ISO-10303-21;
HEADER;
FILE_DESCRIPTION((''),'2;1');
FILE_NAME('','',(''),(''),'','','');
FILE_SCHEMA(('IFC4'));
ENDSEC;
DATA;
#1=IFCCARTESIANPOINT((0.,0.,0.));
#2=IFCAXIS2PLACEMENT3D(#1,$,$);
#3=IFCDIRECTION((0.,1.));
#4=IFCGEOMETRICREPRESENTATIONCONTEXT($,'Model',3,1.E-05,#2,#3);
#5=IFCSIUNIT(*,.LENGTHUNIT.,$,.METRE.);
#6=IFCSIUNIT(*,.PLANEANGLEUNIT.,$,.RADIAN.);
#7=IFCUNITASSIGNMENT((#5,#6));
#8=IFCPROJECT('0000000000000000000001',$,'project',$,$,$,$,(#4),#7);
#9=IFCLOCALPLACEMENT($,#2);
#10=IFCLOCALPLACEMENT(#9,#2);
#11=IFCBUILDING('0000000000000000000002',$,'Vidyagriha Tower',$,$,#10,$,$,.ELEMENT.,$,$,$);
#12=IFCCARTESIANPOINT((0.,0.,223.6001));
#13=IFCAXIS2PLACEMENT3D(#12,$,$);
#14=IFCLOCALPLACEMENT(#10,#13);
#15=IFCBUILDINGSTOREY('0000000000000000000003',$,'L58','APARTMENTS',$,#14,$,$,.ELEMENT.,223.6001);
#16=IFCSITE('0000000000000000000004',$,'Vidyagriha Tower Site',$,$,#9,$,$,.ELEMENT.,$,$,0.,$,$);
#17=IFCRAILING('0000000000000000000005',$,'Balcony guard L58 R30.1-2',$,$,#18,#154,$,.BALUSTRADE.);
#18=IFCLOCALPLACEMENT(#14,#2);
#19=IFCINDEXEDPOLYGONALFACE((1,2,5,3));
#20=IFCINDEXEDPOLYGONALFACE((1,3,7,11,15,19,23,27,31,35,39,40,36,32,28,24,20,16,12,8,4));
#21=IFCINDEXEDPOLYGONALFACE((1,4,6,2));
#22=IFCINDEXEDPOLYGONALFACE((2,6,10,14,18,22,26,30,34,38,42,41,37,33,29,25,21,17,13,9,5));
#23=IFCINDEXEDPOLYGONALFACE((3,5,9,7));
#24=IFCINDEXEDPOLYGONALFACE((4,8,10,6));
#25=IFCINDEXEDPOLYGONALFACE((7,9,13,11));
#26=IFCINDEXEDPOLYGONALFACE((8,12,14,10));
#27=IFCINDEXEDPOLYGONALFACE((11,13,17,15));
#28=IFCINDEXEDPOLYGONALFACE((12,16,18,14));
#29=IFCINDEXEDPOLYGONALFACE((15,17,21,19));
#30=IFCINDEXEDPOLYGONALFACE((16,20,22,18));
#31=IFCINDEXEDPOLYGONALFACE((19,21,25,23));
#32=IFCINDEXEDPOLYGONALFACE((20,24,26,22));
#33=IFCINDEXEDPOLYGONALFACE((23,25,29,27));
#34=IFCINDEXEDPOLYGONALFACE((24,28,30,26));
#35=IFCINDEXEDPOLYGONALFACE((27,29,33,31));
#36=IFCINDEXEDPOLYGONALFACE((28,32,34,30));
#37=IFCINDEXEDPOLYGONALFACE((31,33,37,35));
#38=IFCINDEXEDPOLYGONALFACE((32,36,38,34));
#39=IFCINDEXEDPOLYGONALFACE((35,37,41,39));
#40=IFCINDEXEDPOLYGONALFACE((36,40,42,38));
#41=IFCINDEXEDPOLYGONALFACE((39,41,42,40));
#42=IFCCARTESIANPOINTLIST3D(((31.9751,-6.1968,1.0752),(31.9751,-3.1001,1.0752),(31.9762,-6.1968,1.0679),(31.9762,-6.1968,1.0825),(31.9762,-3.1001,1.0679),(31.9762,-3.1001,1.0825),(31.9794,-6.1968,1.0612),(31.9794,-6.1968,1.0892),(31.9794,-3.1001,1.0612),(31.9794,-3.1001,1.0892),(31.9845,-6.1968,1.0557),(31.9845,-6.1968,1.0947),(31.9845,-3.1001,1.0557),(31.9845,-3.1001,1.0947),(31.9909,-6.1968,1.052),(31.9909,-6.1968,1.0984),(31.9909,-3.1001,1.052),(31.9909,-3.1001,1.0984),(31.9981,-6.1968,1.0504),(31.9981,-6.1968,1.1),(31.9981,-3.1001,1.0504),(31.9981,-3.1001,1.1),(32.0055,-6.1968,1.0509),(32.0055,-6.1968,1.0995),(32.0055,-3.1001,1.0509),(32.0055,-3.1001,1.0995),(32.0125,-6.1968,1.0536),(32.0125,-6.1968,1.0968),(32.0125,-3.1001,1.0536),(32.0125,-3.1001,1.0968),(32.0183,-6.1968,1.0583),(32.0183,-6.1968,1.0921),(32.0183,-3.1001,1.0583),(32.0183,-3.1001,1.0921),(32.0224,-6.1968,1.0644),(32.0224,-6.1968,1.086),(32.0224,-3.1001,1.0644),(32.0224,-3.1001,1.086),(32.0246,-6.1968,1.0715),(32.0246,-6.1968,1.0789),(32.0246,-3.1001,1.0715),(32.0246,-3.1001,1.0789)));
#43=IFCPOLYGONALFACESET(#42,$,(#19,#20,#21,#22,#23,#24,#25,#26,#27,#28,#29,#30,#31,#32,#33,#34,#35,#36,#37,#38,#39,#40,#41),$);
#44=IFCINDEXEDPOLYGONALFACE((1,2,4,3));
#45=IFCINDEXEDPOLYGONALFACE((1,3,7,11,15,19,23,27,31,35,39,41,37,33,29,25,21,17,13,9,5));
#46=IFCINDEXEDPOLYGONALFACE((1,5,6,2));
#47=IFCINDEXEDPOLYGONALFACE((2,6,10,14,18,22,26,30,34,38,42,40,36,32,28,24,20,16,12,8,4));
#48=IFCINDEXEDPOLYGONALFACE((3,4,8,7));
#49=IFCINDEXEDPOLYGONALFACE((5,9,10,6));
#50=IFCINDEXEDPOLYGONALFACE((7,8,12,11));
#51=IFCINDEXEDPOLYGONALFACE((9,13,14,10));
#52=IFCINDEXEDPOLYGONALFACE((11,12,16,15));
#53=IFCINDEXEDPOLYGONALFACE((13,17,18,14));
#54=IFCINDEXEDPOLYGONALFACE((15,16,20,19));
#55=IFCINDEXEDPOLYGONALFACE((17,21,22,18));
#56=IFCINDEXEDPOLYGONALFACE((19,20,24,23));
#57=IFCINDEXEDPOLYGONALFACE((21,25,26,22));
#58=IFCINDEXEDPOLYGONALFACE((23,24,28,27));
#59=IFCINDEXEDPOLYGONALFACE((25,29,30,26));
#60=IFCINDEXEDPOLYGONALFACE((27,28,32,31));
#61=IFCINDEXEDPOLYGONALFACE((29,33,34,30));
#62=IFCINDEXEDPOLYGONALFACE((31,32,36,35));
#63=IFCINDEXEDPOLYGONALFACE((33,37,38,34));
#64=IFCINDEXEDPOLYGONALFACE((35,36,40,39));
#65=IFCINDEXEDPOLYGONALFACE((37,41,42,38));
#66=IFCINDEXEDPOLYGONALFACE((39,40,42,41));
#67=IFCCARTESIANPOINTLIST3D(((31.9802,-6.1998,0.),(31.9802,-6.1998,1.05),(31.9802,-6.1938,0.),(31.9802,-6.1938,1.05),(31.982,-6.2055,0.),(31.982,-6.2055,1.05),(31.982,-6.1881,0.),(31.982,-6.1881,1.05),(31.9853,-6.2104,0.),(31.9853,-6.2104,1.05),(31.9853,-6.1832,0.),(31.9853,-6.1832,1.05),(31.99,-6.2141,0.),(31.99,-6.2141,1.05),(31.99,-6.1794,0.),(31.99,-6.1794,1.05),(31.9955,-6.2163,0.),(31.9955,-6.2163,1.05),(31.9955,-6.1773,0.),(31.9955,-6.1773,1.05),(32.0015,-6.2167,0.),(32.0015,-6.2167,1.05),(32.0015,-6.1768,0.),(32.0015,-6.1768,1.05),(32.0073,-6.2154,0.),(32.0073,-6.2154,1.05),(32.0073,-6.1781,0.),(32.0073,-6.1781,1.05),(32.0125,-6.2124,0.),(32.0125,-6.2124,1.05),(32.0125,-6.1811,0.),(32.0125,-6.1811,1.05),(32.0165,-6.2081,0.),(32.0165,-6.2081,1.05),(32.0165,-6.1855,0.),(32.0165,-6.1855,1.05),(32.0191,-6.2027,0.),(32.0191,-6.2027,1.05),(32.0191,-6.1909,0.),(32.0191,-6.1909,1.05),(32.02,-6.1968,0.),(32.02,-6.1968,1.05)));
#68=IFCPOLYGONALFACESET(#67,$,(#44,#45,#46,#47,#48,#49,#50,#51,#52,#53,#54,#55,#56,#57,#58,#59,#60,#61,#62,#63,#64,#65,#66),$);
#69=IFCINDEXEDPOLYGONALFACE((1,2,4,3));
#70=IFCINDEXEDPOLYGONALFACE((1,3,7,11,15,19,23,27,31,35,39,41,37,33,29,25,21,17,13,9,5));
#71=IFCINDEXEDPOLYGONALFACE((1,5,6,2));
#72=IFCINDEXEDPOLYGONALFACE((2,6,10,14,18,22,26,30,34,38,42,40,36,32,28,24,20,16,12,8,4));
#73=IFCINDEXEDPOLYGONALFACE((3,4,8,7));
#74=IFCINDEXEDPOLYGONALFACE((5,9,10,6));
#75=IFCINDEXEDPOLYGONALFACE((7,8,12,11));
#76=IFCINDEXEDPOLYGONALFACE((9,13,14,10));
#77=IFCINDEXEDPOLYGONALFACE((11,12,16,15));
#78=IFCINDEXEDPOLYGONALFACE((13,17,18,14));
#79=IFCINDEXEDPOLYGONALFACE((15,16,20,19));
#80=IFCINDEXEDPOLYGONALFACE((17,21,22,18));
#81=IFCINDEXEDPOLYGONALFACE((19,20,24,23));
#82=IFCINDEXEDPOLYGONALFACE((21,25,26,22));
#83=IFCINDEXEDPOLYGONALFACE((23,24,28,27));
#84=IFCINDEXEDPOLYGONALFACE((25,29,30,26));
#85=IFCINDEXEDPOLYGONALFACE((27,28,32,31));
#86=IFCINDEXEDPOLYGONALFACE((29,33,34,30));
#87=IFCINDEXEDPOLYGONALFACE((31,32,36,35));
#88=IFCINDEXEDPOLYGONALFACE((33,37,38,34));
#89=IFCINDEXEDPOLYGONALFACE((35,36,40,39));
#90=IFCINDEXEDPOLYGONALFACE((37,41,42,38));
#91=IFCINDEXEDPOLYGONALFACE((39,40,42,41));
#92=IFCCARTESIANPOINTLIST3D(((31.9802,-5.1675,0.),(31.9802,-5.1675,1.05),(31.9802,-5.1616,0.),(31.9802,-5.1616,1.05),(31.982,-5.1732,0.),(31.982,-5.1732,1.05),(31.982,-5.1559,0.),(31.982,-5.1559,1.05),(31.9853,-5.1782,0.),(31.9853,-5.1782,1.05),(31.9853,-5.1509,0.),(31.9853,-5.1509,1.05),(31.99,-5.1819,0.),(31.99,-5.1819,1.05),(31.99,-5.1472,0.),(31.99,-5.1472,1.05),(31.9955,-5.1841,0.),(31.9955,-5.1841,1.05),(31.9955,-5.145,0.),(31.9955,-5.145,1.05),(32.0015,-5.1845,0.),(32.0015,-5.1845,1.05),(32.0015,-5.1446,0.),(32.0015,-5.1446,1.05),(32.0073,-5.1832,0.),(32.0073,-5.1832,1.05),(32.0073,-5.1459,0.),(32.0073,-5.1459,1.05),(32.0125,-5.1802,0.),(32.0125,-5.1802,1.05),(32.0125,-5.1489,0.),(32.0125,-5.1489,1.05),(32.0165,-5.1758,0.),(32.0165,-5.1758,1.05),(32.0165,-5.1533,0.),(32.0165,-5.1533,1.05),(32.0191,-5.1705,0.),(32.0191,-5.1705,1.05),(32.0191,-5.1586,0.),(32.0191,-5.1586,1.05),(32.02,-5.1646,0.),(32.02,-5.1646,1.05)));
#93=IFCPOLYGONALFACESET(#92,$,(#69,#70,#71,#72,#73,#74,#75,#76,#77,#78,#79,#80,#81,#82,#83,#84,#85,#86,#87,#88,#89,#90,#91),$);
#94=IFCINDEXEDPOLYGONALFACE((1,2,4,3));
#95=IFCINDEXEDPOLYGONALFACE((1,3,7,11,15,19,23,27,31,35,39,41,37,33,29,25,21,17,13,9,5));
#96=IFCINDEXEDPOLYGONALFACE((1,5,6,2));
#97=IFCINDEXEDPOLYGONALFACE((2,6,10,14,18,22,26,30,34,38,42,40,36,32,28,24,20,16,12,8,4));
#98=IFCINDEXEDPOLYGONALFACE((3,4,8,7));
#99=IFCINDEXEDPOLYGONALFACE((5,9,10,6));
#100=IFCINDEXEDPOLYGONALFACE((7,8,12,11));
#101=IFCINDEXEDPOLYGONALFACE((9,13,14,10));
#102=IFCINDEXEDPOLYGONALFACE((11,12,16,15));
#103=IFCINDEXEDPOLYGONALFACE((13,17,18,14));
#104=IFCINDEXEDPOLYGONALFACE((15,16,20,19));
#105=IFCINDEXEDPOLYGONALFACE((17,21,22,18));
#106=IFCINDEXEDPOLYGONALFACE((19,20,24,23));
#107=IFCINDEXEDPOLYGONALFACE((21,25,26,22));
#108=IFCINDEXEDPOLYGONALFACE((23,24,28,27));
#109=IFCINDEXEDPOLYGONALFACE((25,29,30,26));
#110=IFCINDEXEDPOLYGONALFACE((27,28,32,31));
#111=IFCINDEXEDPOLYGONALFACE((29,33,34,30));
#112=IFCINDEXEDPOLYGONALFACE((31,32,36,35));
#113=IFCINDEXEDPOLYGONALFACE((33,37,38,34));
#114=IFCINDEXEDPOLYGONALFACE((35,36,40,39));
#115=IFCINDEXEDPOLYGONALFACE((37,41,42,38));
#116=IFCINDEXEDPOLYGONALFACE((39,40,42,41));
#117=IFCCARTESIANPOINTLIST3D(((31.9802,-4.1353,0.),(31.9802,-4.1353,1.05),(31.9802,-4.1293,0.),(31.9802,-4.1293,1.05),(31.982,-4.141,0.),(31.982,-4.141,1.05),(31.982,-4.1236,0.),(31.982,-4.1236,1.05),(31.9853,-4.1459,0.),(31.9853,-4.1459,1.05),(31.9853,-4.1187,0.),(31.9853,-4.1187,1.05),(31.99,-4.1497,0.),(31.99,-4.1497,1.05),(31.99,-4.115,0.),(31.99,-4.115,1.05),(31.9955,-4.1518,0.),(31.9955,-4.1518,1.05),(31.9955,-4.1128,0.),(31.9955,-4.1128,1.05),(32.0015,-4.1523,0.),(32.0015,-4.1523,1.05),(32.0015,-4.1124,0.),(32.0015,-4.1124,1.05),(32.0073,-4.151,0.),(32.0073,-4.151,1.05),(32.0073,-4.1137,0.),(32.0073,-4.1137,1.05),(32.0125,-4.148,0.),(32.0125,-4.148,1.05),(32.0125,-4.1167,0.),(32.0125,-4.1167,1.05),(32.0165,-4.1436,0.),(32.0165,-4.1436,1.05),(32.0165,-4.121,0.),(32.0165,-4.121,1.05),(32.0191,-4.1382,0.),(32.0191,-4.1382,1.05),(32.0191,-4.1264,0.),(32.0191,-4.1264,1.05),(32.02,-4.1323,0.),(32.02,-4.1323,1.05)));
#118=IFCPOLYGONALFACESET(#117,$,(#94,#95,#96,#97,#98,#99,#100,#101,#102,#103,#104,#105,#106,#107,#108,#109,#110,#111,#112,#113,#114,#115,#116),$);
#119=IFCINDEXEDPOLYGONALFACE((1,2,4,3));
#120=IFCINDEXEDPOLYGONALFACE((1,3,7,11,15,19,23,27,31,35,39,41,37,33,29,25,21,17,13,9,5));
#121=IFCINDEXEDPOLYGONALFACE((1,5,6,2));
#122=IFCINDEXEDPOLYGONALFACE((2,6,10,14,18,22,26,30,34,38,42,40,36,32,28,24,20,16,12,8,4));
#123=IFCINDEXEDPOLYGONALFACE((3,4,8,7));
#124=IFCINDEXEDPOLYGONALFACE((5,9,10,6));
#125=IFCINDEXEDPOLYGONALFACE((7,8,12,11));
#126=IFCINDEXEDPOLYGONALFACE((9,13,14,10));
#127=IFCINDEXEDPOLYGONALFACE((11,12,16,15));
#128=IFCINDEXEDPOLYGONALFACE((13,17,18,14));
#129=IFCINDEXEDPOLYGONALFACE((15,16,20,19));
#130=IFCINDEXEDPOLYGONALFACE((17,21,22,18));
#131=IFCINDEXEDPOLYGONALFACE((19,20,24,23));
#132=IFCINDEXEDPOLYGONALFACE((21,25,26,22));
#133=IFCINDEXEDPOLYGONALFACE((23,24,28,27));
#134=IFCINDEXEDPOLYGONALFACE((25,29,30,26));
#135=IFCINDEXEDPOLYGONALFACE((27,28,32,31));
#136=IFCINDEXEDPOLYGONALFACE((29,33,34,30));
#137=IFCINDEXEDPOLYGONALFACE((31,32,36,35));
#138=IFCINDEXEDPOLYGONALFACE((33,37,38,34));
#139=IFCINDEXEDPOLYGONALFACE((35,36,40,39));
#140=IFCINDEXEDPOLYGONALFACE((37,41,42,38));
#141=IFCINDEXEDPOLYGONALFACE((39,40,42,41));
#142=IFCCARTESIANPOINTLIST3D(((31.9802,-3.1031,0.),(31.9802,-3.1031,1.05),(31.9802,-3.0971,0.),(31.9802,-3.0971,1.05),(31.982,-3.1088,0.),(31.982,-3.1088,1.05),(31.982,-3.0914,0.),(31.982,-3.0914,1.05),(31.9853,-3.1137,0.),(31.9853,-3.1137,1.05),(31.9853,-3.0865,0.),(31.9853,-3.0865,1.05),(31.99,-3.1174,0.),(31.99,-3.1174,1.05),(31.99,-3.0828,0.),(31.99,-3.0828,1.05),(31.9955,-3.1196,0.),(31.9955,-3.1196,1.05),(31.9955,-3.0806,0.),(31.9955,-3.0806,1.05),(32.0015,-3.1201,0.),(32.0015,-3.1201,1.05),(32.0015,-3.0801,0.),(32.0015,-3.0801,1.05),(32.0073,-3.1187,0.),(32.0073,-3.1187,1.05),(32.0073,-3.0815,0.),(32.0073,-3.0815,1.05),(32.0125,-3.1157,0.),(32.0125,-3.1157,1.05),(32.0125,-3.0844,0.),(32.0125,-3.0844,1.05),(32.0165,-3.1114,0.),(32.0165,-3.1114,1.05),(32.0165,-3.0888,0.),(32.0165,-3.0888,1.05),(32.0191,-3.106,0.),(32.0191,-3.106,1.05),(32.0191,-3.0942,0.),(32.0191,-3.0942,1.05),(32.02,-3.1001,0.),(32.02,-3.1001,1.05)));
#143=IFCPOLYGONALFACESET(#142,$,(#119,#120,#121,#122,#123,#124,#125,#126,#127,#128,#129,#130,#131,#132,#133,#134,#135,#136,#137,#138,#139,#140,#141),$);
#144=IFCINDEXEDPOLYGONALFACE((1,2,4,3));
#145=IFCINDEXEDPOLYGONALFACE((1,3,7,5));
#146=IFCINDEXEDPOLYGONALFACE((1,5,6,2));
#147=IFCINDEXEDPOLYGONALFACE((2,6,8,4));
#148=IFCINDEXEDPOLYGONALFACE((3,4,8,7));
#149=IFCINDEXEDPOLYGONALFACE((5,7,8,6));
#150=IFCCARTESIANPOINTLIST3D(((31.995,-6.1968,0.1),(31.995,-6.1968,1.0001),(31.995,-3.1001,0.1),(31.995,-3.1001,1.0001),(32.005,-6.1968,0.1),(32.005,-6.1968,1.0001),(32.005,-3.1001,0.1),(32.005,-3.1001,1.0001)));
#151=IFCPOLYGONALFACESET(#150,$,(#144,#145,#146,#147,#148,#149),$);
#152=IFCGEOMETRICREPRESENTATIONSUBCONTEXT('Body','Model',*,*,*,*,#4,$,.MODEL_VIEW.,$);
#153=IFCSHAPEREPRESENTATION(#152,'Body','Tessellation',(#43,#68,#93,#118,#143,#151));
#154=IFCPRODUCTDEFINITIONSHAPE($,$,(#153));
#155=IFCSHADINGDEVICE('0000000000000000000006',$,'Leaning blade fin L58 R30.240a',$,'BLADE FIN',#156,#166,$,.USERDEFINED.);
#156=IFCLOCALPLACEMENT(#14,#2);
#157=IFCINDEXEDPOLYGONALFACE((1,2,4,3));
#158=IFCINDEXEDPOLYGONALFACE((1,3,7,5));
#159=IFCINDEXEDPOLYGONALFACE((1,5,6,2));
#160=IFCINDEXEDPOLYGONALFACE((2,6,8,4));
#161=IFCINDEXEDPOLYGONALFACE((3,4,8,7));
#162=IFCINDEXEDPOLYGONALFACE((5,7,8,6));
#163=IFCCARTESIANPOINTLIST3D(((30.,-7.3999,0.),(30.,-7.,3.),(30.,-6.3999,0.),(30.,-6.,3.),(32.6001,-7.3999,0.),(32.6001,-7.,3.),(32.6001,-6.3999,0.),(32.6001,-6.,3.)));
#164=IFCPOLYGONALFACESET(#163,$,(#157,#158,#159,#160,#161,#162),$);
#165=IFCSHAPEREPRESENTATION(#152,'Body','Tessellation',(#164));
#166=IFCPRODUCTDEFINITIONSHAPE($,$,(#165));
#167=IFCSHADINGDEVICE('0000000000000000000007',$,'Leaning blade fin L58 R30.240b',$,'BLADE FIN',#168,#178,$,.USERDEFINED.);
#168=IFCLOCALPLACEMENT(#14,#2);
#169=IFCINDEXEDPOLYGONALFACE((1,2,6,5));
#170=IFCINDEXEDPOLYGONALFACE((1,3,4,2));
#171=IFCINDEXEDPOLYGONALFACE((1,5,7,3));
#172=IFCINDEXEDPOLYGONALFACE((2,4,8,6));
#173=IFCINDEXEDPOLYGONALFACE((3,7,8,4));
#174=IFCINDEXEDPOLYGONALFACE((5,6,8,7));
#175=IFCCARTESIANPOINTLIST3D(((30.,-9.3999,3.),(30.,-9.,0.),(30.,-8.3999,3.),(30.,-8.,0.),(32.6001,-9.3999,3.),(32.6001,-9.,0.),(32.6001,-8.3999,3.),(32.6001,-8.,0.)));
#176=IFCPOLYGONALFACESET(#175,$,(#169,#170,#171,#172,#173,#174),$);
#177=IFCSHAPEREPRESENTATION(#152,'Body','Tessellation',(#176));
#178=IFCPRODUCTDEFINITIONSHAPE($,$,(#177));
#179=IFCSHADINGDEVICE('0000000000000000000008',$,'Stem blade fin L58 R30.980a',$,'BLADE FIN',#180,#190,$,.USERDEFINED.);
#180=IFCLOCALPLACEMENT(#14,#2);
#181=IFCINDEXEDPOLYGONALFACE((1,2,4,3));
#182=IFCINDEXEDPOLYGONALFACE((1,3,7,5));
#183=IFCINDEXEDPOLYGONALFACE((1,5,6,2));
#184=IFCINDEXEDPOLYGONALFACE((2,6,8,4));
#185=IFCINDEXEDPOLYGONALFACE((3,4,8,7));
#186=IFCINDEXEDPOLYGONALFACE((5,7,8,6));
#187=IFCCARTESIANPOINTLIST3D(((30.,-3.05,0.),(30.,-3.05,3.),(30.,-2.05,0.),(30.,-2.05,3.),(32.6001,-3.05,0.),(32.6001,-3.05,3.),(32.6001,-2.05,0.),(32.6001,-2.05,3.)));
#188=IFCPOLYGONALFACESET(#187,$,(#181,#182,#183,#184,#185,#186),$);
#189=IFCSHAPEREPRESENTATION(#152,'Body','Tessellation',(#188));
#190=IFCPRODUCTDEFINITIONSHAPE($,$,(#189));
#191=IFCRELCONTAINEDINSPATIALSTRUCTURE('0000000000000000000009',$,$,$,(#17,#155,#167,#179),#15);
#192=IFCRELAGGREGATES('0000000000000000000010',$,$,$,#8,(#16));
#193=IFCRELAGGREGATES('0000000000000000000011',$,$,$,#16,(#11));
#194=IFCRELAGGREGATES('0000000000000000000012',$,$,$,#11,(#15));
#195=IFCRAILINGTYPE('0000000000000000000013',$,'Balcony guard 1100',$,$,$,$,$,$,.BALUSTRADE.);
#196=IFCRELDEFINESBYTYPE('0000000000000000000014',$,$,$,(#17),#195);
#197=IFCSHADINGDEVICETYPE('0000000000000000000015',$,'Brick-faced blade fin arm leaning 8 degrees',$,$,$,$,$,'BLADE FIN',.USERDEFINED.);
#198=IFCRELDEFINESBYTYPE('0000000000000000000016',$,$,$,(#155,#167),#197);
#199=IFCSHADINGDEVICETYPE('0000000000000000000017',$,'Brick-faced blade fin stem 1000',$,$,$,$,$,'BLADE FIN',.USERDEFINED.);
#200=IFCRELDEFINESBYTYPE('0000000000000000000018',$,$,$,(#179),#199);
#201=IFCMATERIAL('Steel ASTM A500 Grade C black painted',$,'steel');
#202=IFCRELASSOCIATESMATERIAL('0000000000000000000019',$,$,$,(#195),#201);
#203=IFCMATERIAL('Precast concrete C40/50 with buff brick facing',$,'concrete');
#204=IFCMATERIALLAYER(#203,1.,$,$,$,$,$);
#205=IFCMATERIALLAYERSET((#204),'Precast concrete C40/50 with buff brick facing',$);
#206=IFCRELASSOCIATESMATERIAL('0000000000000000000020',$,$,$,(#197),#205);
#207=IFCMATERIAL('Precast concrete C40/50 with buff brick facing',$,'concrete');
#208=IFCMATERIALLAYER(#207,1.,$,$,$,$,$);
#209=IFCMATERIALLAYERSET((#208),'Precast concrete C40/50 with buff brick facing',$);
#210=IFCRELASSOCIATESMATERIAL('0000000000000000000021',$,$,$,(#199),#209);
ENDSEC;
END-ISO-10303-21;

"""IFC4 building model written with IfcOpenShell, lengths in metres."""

from ifc_helpers import new_model, si_unit, direction, frame, origin, origin_2d, place, context, subcontext, project, spatial, polyline, rectangle, circle, outline, extrude, material, layer, layer_set, type_object, element, save


model = new_model("IFC4")

# Units and contexts
model_context = context("Model", 3, precision=1e-05, world=origin(), true_north=direction((0.0, 1.0)))
body_context = subcontext(model_context, "Body", "Model", "MODEL_VIEW")
ifc_project = project(units=[si_unit("LENGTHUNIT", "METRE"), si_unit("PLANEANGLEUNIT", "RADIAN")], contexts=[model_context])

# Site, building, storey
site_placement = place(None, origin())
site = spatial("IfcSite", under=ifc_project, at=site_placement, Name="Vidyagriha Tower Site", CompositionType="ELEMENT", RefElevation=0.0)
building_placement = place(site_placement, origin())
building = spatial("IfcBuilding", under=site, at=building_placement, Name="Vidyagriha Tower", CompositionType="ELEMENT")
storey_placement = place(building_placement, frame((0.0, 0.0, 223.6001)))
storey = spatial("IfcBuildingStorey", under=building, at=storey_placement, Name="L58", Description="APARTMENTS", CompositionType="ELEMENT", Elevation=223.6001)

# Railing
ifc_material_1 = material(Name="Steel ASTM A500 Grade C black painted", Category="steel")
railing_type_1 = type_object("IfcRailingType", Name="Balcony guard 1100", PredefinedType="BALUSTRADE", material=ifc_material_1)
railing_1_placement = place(storey_placement, frame((32.0, -6.1968, 0.0)))
element("IfcRailing", 1, at=railing_1_placement, inside=storey, type_object=railing_type_1, Name="Balcony guard L58 R30.1-2", PredefinedType="BALUSTRADE", context=body_context, shape_type="SweptSolid", body=[
    extrude(circle(Radius=0.0249, at=origin_2d()), frame((0.0, 0.0, 1.0752), z_axis=(0.0, 1.0, 0.0), x_axis=(-1.0, 0.0, 0.0)), (0.0, 0.0, 1.0), 3.0967),
    extrude(circle(Radius=0.02, at=origin_2d()), origin(), (0.0, 0.0, 1.0), 1.05),
    extrude(circle(Radius=0.02, at=origin_2d()), frame((0.0, 1.0322, 0.0)), (0.0, 0.0, 1.0), 1.05),
    extrude(circle(Radius=0.02, at=origin_2d()), frame((0.0, 2.0645, 0.0)), (0.0, 0.0, 1.0), 1.05),
    extrude(circle(Radius=0.02, at=origin_2d()), frame((0.0, 3.0967, 0.0)), (0.0, 0.0, 1.0), 1.05),
    extrude(rectangle(XDim=0.01, YDim=0.9001, at=origin_2d()), frame((0.0, 0.0, 0.55), z_axis=(0.0, 1.0, 0.0), x_axis=(-1.0, 0.0, 0.0)), (0.0, 0.0, 1.0), 3.0967),
])

# Shading devices
ifc_material_2 = material(Name="Precast concrete C40/50 with buff brick facing", Category="concrete")
ifc_layer_1 = layer(ifc_material_2, 1.0)
ifc_layer_set_1 = layer_set([ifc_layer_1], Name="Precast concrete C40/50 with buff brick facing")
shading_device_type_1 = type_object("IfcShadingDeviceType", Name="Brick-faced blade fin arm leaning 8 degrees", ElementType="BLADE FIN", PredefinedType="USERDEFINED", material=ifc_layer_set_1)
shading_device_1_placement = place(storey_placement, frame((31.3, -7.3999, 0.0), z_axis=(0.0, 0.0, 1.0), x_axis=(0.0, 1.0, 0.0)))
element("IfcShadingDevice", 2, at=shading_device_1_placement, inside=storey, type_object=shading_device_type_1, Name="Leaning blade fin L58 R30.240a", ObjectType="BLADE FIN", PredefinedType="USERDEFINED", context=body_context, shape_type="SweptSolid", body=[
    extrude(outline(polyline([(0.0, 0.0), (1.0, 0.0), (1.3999, 3.0), (0.3999, 3.0), (0.0, 0.0)])), frame((0.0, 1.3, 0.0), z_axis=(0.0, -1.0, 0.0), x_axis=(1.0, 0.0, 0.0)), (0.0, 0.0, 1.0), 2.6001),
])
shading_device_2_placement = place(storey_placement, frame((31.3, -9.3999, 0.0), z_axis=(0.0, 0.0, 1.0), x_axis=(0.0, 1.0, 0.0)))
element("IfcShadingDevice", 3, at=shading_device_2_placement, inside=storey, type_object=shading_device_type_1, Name="Leaning blade fin L58 R30.240b", ObjectType="BLADE FIN", PredefinedType="USERDEFINED", context=body_context, shape_type="SweptSolid", body=[
    extrude(outline(polyline([(0.3999, 0.0), (1.3999, 0.0), (1.0, 3.0), (0.0, 3.0), (0.3999, 0.0)])), frame((0.0, 1.3, 0.0), z_axis=(0.0, -1.0, 0.0), x_axis=(1.0, 0.0, 0.0)), (0.0, 0.0, 1.0), 2.6001),
])
ifc_material_3 = material(Name="Precast concrete C40/50 with buff brick facing", Category="concrete")
ifc_layer_2 = layer(ifc_material_3, 1.0)
ifc_layer_set_2 = layer_set([ifc_layer_2], Name="Precast concrete C40/50 with buff brick facing")
shading_device_type_2 = type_object("IfcShadingDeviceType", Name="Brick-faced blade fin stem 1000", ElementType="BLADE FIN", PredefinedType="USERDEFINED", material=ifc_layer_set_2)
shading_device_3_placement = place(storey_placement, frame((31.3, -3.05, 0.0), z_axis=(0.0, 0.0, 1.0), x_axis=(0.0, 1.0, 0.0)))
element("IfcShadingDevice", 4, at=shading_device_3_placement, inside=storey, type_object=shading_device_type_2, Name="Stem blade fin L58 R30.980a", ObjectType="BLADE FIN", PredefinedType="USERDEFINED", context=body_context, shape_type="SweptSolid", body=[
    extrude(outline(polyline([(0.0, 0.0), (1.0, 0.0), (1.0, 3.0), (0.0, 3.0), (0.0, 0.0)])), frame((0.0, 1.3, 0.0), z_axis=(0.0, -1.0, 0.0), x_axis=(1.0, 0.0, 0.0)), (0.0, 0.0, 1.0), 2.6001),
])

save(model, "model.ifc")
